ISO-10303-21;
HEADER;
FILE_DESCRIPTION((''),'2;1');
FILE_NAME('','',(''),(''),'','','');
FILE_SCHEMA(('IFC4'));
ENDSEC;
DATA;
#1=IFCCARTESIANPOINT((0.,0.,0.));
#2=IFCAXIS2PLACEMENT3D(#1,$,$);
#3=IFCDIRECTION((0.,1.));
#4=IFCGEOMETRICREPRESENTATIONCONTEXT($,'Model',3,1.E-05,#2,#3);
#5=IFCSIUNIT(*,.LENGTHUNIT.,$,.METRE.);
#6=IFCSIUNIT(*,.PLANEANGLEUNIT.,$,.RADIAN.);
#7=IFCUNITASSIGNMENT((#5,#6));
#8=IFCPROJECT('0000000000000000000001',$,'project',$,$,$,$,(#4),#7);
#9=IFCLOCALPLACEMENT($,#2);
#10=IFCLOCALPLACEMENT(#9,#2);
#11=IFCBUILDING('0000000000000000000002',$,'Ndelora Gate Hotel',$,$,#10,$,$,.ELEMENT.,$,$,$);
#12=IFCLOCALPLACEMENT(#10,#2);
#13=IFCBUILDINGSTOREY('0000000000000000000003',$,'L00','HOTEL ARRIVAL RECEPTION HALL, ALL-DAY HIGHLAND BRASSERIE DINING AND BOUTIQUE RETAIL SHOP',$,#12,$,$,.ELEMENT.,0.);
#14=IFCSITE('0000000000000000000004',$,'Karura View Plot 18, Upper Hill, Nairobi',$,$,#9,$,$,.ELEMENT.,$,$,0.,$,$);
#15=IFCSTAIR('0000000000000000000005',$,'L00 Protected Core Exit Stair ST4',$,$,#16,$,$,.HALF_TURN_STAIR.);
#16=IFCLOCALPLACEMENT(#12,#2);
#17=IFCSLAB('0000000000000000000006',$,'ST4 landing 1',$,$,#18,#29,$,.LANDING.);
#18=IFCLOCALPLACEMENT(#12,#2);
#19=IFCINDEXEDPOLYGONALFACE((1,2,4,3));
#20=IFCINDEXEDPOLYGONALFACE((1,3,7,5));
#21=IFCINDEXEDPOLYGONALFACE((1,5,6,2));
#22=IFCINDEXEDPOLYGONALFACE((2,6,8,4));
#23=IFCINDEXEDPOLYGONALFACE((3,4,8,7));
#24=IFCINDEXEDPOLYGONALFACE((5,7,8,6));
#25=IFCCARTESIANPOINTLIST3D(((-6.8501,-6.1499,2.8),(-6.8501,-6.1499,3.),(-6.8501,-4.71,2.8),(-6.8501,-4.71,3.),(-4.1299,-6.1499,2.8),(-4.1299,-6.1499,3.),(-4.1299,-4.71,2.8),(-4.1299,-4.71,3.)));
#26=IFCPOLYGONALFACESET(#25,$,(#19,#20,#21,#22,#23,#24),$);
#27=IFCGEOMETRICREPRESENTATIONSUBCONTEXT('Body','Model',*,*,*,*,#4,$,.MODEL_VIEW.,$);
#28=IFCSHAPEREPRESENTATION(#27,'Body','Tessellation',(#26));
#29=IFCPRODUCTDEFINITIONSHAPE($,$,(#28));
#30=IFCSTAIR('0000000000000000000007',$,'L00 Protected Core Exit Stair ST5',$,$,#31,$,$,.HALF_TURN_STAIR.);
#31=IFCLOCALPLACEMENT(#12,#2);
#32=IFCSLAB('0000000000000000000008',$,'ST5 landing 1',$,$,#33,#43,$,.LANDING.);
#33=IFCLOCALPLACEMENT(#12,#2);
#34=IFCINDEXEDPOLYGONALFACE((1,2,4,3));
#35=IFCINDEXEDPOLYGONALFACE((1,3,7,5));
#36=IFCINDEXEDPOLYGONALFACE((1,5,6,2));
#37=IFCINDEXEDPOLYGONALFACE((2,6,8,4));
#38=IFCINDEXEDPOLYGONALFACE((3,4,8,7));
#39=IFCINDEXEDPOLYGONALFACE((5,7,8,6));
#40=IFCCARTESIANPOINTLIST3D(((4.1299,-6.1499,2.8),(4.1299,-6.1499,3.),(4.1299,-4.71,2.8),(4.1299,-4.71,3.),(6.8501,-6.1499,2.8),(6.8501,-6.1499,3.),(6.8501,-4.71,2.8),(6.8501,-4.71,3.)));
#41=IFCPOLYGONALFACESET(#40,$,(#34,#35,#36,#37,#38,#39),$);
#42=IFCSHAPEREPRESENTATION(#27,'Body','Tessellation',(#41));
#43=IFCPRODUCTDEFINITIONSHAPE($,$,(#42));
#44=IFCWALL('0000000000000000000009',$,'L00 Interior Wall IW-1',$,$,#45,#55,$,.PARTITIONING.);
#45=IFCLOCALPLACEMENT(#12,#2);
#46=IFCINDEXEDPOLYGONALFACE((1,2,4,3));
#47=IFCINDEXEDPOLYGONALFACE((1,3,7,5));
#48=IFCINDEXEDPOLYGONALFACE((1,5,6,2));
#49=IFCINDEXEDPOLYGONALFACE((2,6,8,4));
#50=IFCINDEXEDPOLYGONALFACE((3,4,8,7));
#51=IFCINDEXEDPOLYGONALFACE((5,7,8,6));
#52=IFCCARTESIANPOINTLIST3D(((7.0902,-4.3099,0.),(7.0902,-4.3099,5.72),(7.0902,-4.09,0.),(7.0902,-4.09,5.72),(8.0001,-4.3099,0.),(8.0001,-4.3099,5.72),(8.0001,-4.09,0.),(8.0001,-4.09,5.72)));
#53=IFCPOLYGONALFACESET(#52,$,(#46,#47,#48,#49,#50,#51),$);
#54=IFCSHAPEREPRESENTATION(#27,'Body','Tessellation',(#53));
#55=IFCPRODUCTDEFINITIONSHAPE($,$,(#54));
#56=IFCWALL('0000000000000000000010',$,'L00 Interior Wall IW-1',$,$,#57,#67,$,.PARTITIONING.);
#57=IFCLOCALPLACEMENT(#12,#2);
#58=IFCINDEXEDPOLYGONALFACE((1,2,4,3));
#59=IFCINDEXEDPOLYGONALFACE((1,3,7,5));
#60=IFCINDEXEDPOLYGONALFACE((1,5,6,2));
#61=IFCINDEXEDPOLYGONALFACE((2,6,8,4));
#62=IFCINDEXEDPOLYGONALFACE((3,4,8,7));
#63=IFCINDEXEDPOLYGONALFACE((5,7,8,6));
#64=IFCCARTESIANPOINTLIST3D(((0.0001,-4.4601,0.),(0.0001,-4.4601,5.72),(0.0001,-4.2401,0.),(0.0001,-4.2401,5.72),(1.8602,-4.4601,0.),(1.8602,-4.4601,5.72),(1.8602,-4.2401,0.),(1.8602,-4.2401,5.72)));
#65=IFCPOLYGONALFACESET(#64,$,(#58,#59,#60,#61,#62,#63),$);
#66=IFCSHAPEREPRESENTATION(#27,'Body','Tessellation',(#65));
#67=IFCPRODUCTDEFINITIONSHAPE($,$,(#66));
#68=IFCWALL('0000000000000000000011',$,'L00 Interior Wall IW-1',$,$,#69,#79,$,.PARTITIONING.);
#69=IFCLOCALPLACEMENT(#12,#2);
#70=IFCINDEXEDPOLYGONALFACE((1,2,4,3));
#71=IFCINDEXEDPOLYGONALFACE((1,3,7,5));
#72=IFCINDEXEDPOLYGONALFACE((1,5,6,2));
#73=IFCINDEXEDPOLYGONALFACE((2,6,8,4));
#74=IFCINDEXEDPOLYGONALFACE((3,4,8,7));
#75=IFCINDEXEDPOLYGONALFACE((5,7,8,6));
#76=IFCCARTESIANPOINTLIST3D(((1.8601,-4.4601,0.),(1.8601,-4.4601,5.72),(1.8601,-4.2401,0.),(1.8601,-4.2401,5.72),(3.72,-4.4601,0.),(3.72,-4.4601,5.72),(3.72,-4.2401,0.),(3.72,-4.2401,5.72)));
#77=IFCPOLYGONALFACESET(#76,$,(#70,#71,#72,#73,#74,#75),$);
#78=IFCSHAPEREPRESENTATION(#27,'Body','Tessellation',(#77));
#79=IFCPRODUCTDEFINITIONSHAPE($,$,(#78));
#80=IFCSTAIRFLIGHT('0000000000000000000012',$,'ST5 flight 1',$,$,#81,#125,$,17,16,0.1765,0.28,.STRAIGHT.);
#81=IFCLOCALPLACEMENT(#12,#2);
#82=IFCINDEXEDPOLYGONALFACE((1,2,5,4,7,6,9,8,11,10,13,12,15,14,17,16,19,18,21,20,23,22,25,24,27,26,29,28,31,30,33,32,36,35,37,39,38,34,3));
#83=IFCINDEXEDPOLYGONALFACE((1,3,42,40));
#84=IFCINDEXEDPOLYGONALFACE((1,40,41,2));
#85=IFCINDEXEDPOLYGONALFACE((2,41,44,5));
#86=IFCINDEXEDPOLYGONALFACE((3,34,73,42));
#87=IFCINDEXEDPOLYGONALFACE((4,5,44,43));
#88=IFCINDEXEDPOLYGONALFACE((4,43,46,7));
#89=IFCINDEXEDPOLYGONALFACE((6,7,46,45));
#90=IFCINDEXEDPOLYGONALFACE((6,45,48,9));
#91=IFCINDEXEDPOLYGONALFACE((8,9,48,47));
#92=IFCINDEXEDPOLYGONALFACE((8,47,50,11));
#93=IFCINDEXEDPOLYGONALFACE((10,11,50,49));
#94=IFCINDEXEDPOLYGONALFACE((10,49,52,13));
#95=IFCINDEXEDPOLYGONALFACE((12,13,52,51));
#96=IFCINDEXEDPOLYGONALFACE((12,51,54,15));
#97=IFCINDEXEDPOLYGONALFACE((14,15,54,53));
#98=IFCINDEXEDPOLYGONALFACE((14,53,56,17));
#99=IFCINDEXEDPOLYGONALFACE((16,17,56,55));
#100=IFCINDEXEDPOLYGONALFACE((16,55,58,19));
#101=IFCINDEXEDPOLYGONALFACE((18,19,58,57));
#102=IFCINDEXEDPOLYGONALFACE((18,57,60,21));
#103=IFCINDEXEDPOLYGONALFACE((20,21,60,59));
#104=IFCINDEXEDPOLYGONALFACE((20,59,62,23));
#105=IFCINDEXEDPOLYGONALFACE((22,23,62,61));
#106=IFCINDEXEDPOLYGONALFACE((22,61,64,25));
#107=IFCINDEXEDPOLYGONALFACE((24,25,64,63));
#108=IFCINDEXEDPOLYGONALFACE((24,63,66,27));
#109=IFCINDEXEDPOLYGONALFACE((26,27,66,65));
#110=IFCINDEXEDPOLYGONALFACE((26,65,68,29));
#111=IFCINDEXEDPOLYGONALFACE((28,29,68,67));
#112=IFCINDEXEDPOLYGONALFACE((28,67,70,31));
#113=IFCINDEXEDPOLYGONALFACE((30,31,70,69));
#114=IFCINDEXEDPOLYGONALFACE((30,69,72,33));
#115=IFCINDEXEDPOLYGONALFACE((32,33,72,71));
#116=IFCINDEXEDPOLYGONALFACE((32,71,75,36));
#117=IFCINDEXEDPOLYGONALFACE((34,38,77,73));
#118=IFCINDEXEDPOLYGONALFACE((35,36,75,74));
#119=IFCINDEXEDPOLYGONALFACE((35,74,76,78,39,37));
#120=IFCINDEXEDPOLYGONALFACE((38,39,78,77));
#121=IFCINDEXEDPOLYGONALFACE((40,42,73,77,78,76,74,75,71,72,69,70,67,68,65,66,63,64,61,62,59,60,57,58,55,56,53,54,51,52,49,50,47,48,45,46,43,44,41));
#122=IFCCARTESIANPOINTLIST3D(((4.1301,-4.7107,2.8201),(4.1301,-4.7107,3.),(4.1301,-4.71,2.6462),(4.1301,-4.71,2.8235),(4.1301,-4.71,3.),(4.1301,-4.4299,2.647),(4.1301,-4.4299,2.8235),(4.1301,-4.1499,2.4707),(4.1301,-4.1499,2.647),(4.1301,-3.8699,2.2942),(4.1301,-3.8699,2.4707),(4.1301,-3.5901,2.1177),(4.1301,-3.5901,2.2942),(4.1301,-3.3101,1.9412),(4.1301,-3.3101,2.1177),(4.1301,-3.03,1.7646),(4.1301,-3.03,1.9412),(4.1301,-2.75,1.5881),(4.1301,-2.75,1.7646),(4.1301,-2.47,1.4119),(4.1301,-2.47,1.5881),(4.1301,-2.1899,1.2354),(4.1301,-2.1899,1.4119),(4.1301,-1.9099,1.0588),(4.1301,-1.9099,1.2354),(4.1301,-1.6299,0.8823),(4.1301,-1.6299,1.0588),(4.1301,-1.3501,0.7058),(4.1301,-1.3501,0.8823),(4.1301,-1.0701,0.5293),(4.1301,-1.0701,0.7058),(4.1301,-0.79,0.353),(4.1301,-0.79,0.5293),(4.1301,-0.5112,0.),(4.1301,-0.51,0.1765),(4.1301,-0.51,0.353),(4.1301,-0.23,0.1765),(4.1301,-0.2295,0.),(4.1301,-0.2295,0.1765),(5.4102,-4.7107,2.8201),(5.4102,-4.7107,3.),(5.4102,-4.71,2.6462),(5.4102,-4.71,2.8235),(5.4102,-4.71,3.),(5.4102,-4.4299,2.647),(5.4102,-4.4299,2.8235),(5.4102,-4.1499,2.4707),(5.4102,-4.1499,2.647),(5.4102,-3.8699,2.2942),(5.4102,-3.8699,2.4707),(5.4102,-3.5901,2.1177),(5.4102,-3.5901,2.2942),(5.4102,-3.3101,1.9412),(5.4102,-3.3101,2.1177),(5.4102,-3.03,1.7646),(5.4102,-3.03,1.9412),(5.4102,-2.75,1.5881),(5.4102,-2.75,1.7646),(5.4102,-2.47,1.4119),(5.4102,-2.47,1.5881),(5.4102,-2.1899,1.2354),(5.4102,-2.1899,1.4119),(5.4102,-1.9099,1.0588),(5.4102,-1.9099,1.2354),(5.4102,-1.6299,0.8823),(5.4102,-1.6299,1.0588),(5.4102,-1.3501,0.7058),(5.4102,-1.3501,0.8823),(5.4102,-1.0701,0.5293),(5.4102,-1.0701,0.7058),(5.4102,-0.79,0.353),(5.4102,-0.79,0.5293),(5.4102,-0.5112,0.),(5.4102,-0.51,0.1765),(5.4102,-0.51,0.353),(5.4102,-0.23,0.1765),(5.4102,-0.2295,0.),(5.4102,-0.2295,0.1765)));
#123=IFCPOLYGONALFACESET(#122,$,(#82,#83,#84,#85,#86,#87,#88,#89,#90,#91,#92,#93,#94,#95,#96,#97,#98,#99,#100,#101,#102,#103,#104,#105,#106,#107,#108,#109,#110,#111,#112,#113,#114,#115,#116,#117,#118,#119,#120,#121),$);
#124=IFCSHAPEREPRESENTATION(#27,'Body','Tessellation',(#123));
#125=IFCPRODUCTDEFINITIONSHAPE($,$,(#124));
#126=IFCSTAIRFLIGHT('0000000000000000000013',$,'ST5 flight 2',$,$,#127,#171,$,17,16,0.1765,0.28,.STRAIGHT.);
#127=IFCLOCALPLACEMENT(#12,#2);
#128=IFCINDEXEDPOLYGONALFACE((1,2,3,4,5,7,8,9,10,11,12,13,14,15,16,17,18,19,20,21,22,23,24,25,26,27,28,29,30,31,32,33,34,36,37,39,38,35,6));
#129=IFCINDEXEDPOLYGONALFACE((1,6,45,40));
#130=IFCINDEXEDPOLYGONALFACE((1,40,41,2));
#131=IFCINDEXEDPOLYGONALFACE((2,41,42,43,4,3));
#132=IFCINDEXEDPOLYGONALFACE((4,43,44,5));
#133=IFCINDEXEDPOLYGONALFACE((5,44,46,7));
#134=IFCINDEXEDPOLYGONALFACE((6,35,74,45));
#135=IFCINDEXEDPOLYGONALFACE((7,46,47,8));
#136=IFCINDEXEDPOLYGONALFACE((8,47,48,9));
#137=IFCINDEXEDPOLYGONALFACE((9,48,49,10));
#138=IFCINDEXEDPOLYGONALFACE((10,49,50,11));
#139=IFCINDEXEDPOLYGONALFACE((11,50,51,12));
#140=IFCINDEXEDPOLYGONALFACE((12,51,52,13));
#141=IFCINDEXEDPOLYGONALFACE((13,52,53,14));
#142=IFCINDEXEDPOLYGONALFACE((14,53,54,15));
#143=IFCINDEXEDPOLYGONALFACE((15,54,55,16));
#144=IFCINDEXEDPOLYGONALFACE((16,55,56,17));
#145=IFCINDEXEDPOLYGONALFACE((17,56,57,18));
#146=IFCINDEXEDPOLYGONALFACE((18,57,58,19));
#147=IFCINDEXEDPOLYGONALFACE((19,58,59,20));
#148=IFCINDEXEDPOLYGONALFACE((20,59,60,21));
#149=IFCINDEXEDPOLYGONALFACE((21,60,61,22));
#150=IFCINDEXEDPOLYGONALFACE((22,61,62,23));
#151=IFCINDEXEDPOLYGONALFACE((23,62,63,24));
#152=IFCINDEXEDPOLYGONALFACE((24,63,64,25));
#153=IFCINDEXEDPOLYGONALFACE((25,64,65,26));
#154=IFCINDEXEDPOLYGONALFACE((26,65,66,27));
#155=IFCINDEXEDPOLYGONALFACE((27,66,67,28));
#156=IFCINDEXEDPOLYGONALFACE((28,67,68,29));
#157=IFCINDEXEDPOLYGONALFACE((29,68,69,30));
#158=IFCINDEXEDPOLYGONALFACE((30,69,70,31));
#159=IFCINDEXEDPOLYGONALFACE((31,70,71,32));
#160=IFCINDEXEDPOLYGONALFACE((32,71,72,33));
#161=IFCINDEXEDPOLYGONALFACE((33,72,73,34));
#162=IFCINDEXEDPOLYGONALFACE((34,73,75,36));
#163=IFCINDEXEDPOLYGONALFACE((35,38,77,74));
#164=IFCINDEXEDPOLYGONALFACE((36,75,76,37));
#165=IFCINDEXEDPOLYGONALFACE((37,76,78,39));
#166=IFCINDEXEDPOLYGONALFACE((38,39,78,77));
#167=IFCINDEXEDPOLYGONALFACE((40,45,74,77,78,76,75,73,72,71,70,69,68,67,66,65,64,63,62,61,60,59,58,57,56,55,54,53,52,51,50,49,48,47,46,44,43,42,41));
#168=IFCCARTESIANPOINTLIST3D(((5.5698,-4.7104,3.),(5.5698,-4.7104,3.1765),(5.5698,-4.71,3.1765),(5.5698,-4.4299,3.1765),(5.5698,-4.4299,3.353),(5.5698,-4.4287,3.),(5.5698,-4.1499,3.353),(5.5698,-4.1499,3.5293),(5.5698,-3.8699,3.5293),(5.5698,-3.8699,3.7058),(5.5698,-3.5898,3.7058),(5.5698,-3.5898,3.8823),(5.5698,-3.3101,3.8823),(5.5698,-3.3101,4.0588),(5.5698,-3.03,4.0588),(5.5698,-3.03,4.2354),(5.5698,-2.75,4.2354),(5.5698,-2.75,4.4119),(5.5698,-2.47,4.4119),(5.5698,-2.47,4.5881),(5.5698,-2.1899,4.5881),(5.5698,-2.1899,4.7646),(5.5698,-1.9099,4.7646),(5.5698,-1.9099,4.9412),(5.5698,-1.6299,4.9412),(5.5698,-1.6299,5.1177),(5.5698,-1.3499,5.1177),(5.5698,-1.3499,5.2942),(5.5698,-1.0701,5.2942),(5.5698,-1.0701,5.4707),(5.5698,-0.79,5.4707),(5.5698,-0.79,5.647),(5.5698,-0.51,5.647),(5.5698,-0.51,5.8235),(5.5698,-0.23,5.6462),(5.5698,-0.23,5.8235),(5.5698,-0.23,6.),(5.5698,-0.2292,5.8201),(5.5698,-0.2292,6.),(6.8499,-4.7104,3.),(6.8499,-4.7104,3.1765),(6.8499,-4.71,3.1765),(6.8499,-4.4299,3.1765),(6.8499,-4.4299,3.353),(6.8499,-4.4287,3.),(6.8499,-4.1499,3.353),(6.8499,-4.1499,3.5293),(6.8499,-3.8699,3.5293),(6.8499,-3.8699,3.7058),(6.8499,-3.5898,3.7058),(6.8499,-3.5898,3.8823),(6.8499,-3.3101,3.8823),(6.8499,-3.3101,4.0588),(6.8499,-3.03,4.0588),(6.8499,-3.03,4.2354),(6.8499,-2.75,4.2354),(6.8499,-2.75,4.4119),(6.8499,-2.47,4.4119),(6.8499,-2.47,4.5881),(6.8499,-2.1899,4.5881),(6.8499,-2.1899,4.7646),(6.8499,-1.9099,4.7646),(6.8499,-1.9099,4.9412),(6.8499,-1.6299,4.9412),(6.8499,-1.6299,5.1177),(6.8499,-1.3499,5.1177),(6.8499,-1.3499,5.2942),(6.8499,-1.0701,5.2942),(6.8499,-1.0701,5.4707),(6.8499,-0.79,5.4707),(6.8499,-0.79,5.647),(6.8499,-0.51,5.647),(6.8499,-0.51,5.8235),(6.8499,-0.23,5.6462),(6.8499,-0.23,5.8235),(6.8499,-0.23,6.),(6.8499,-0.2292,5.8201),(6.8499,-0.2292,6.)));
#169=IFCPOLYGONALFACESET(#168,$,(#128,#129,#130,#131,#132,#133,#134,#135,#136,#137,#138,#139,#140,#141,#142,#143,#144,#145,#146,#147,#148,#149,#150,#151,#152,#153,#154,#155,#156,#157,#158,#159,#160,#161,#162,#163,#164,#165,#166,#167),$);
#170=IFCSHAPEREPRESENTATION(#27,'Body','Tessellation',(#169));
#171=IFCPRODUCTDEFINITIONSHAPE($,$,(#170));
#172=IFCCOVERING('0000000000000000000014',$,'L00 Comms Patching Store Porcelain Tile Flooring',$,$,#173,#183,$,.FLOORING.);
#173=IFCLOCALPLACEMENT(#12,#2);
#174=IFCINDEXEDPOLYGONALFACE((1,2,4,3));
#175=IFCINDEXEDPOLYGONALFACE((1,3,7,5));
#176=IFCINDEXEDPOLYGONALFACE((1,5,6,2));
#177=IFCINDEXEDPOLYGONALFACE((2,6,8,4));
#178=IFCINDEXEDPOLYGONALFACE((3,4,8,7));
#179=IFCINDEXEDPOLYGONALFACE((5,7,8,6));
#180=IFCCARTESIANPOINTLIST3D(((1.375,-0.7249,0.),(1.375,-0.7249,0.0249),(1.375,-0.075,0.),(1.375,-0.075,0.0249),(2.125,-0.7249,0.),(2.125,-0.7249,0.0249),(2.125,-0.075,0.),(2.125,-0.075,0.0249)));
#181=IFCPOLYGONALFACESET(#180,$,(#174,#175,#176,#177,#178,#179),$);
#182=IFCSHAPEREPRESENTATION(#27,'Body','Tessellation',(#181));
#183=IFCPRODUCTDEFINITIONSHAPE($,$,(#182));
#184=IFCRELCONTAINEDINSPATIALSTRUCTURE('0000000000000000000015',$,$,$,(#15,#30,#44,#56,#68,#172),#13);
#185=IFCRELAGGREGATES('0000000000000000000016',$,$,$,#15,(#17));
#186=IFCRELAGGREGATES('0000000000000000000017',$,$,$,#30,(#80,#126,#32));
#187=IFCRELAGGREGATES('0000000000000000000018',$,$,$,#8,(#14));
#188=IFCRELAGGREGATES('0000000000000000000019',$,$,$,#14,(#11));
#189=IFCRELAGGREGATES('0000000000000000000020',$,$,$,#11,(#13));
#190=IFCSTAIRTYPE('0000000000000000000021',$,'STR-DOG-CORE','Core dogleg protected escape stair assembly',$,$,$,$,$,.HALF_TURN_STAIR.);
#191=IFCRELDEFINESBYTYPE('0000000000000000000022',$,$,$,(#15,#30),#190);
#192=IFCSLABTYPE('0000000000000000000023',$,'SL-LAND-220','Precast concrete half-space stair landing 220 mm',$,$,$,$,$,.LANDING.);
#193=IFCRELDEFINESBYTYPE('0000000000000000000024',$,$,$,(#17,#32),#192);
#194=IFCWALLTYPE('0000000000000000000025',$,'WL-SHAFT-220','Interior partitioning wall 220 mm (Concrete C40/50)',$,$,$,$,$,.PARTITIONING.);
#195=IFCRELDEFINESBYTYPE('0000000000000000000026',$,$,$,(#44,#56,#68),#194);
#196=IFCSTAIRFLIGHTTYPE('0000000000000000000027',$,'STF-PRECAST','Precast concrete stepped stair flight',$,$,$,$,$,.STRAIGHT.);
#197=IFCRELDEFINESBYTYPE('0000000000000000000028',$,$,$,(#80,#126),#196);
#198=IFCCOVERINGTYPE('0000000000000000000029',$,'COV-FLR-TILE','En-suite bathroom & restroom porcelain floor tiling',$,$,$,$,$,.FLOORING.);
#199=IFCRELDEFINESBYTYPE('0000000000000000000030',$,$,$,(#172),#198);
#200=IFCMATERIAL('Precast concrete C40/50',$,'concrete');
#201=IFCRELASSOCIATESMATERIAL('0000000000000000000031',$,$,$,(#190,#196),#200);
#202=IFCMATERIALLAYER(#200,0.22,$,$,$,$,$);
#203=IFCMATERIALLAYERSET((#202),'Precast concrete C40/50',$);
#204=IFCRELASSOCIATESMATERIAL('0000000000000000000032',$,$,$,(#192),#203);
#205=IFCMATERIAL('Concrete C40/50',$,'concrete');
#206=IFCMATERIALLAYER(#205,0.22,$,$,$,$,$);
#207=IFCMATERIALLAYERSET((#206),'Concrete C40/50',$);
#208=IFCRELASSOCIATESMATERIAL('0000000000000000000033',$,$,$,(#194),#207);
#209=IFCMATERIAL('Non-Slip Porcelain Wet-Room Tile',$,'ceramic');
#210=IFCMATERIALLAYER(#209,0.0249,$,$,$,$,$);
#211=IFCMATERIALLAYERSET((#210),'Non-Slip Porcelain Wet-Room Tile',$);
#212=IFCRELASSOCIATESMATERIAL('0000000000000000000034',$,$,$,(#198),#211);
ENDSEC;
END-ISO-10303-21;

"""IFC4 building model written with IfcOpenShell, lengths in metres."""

from ifc_helpers import new_model, si_unit, direction, frame, frame_2d, origin, origin_2d, place, context, subcontext, project, spatial, polyline, rectangle, outline, extrude, material, layer, layer_set, type_object, element, aggregate, save


model = new_model("IFC4")

# Units and contexts
model_context = context("Model", 3, precision=1e-05, world=origin(), true_north=direction((0.0, 1.0)))
body_context = subcontext(model_context, "Body", "Model", "MODEL_VIEW")
ifc_project = project(units=[si_unit("LENGTHUNIT", "METRE"), si_unit("PLANEANGLEUNIT", "RADIAN")], contexts=[model_context])

# Site, building, storey
site_placement = place(None, origin())
site = spatial("IfcSite", under=ifc_project, at=site_placement, Name="Karura View Plot 18, Upper Hill, Nairobi", CompositionType="ELEMENT", RefElevation=0.0)
building_placement = place(site_placement, origin())
building = spatial("IfcBuilding", under=site, at=building_placement, Name="Ndelora Gate Hotel", CompositionType="ELEMENT")
storey_placement = place(building_placement, origin())
storey = spatial("IfcBuildingStorey", under=building, at=storey_placement, Name="L00", Description="HOTEL ARRIVAL RECEPTION HALL, ALL-DAY HIGHLAND BRASSERIE DINING AND BOUTIQUE RETAIL SHOP", CompositionType="ELEMENT", Elevation=0.0)

# Stairs, slabs
ifc_material_1 = material(Name="Precast concrete C40/50", Category="concrete")
stair_type = type_object("IfcStairType", Name="STR-DOG-CORE", Description="Core dogleg protected escape stair assembly", PredefinedType="HALF_TURN_STAIR", material=ifc_material_1)
stair_1_placement = place(storey_placement, origin())
stair_1 = element("IfcStair", 1, at=stair_1_placement, inside=storey, type_object=stair_type, Name="L00 Protected Core Exit Stair ST4", PredefinedType="HALF_TURN_STAIR")
ifc_layer_1 = layer(ifc_material_1, 0.22)
ifc_layer_set_1 = layer_set([ifc_layer_1], Name="Precast concrete C40/50")
slab_type = type_object("IfcSlabType", Name="SL-LAND-220", Description="Precast concrete half-space stair landing 220 mm", PredefinedType="LANDING", material=ifc_layer_set_1)
slab_1_placement = place(storey_placement, frame((0.0, 0.0, 2.8)))
slab_1 = element("IfcSlab", 2, at=slab_1_placement, type_object=slab_type, Name="ST4 landing 1", PredefinedType="LANDING", context=body_context, shape_type="SweptSolid", body=[
    extrude(outline(polyline([(-6.8501, -4.71), (-6.8501, -6.1499), (-4.1299, -6.1499), (-4.1299, -4.71), (-6.8501, -4.71)])), origin(), (0.0, 0.0, 1.0), 0.2),
])
aggregate(stair_1, [slab_1])
stair_2_placement = place(storey_placement, origin())
stair_2 = element("IfcStair", 3, at=stair_2_placement, inside=storey, type_object=stair_type, Name="L00 Protected Core Exit Stair ST5", PredefinedType="HALF_TURN_STAIR")
slab_2_placement = place(storey_placement, frame((0.0, 0.0, 2.8)))
slab_2 = element("IfcSlab", 4, at=slab_2_placement, type_object=slab_type, Name="ST5 landing 1", PredefinedType="LANDING", context=body_context, shape_type="SweptSolid", body=[
    extrude(outline(polyline([(4.1299, -4.71), (4.1299, -6.1499), (6.8501, -6.1499), (6.8501, -4.71), (4.1299, -4.71)])), origin(), (0.0, 0.0, 1.0), 0.2),
])

# Walls
ifc_material_2 = material(Name="Concrete C40/50", Category="concrete")
ifc_layer_2 = layer(ifc_material_2, 0.22)
ifc_layer_set_2 = layer_set([ifc_layer_2], Name="Concrete C40/50")
wall_type = type_object("IfcWallType", Name="WL-SHAFT-220", Description="Interior partitioning wall 220 mm (Concrete C40/50)", PredefinedType="PARTITIONING", material=ifc_layer_set_2)
wall_1_placement = place(storey_placement, frame((7.0901, -4.2, 0.0), z_axis=(0.0, 0.0, 1.0), x_axis=(1.0, 0.0, 0.0)))
element("IfcWall", 5, at=wall_1_placement, inside=storey, type_object=wall_type, Name="L00 Interior Wall IW-1", PredefinedType="PARTITIONING", context=body_context, shape_type="SweptSolid", body=[
    extrude(rectangle(XDim=0.9099, YDim=0.22, at=frame_2d((0.4551, 0.0))), origin(), (0.0, 0.0, 1.0), 5.72),
])
wall_2_placement = place(storey_placement, frame((0.0, -4.3501, 0.0), z_axis=(0.0, 0.0, 1.0), x_axis=(1.0, 0.0, 0.0)))
element("IfcWall", 6, at=wall_2_placement, inside=storey, type_object=wall_type, Name="L00 Interior Wall IW-1", PredefinedType="PARTITIONING", context=body_context, shape_type="SweptSolid", body=[
    extrude(rectangle(XDim=1.8601, YDim=0.22, at=frame_2d((0.9302, 0.0))), origin(), (0.0, 0.0, 1.0), 5.72),
])
wall_3_placement = place(storey_placement, frame((1.8601, -4.3501, 0.0), z_axis=(0.0, 0.0, 1.0), x_axis=(1.0, 0.0, 0.0)))
element("IfcWall", 7, at=wall_3_placement, inside=storey, type_object=wall_type, Name="L00 Interior Wall IW-1", PredefinedType="PARTITIONING", context=body_context, shape_type="SweptSolid", body=[
    extrude(rectangle(XDim=1.8599, YDim=0.22, at=frame_2d((0.9299, 0.0))), origin(), (0.0, 0.0, 1.0), 5.72),
])

# Stair flights
stair_flight_type = type_object("IfcStairFlightType", Name="STF-PRECAST", Description="Precast concrete stepped stair flight", PredefinedType="STRAIGHT", material=ifc_material_1)
stair_flight_1_placement = place(storey_placement, frame((4.77, -0.23, 0.0), z_axis=(0.0, 0.0, 1.0), x_axis=(0.0, -1.0, 0.0)))
stair_flight_1 = element("IfcStairFlight", 8, at=stair_flight_1_placement, type_object=stair_flight_type, Name="ST5 flight 1", NumberOfRisers=17, NumberOfTreads=16, PredefinedType="STRAIGHT", RiserHeight=0.1765, TreadLength=0.28, context=body_context, shape_type="SweptSolid", body=[
    extrude(outline(polyline([(-0.0005, 0.0), (-0.0005, 0.1765), (0.0, 0.1765), (0.28, 0.1765), (0.28, 0.353), (0.5601, 0.353), (0.5601, 0.5293), (0.8401, 0.5293), (0.8401, 0.7058), (1.1201, 0.7058), (1.1201, 0.8823), (1.3999, 0.8823), (1.3999, 1.0588), (1.6799, 1.0588), (1.6799, 1.2354), (1.96, 1.2354), (1.96, 1.4119), (2.24, 1.4119), (2.24, 1.5881), (2.52, 1.5881), (2.52, 1.7646), (2.8, 1.7646), (2.8, 1.9412), (3.0801, 1.9412), (3.0801, 2.1177), (3.3601, 2.1177), (3.3601, 2.2942), (3.6399, 2.2942), (3.6399, 2.4707), (3.9199, 2.4707), (3.9199, 2.647), (4.2, 2.647), (4.2, 2.8235), (4.48, 2.8235), (4.48, 3.0), (4.4807, 3.0), (4.4807, 2.8201), (4.48, 2.6462), (0.2812, 0.0), (-0.0005, 0.0)])), frame((0.0, 0.6401, 0.0), z_axis=(0.0, -1.0, 0.0), x_axis=(1.0, 0.0, 0.0)), (0.0, 0.0, 1.0), 1.28),
])
stair_flight_2_placement = place(storey_placement, frame((6.21, -4.71, 3.0), z_axis=(0.0, 0.0, 1.0), x_axis=(0.0, 1.0, 0.0)))
stair_flight_2 = element("IfcStairFlight", 9, at=stair_flight_2_placement, type_object=stair_flight_type, Name="ST5 flight 2", NumberOfRisers=17, NumberOfTreads=16, PredefinedType="STRAIGHT", RiserHeight=0.1765, TreadLength=0.28, context=body_context, shape_type="SweptSolid", body=[
    extrude(outline(polyline([(-0.0005, 0.0), (-0.0005, 0.1765), (0.0, 0.1765), (0.28, 0.1765), (0.28, 0.353), (0.5601, 0.353), (0.5601, 0.5293), (0.8401, 0.5293), (0.8401, 0.7058), (1.1201, 0.7058), (1.1201, 0.8823), (1.3999, 0.8823), (1.3999, 1.0588), (1.6799, 1.0588), (1.6799, 1.2354), (1.96, 1.2354), (1.96, 1.4119), (2.24, 1.4119), (2.24, 1.5881), (2.52, 1.5881), (2.52, 1.7646), (2.8, 1.7646), (2.8, 1.9412), (3.0801, 1.9412), (3.0801, 2.1177), (3.3601, 2.1177), (3.3601, 2.2942), (3.6399, 2.2942), (3.6399, 2.4707), (3.9199, 2.4707), (3.9199, 2.647), (4.2, 2.647), (4.2, 2.8235), (4.48, 2.8235), (4.48, 3.0), (4.4807, 3.0), (4.4807, 2.8201), (4.48, 2.6462), (0.2812, 0.0), (-0.0005, 0.0)])), frame((0.0, 0.6401, 0.0), z_axis=(0.0, -1.0, 0.0), x_axis=(1.0, 0.0, 0.0)), (0.0, 0.0, 1.0), 1.28),
])
aggregate(stair_2, [stair_flight_1, stair_flight_2, slab_2])

# Covering
ifc_material_3 = material(Name="Non-Slip Porcelain Wet-Room Tile", Category="ceramic")
ifc_layer_3 = layer(ifc_material_3, 0.0249)
ifc_layer_set_3 = layer_set([ifc_layer_3], Name="Non-Slip Porcelain Wet-Room Tile")
covering_type = type_object("IfcCoveringType", Name="COV-FLR-TILE", Description="En-suite bathroom & restroom porcelain floor tiling", PredefinedType="FLOORING", material=ifc_layer_set_3)
for number, where, z_axis, x_axis, name in (
    (10, (1.75, -0.3999, 0.0), (0.0, 0.0, 1.0), (1.0, 0.0, 0.0), "L00 Comms Patching Store Porcelain Tile Flooring"),
):
    element("IfcCovering", number, at=place(storey_placement, frame(where, z_axis=z_axis, x_axis=x_axis)), inside=storey, type_object=covering_type, Name=name, PredefinedType="FLOORING", context=body_context, shape_type="SweptSolid", body=[
        extrude(rectangle(XDim=0.75, YDim=0.6499, at=origin_2d()), origin(), (0.0, 0.0, 1.0), 0.0249),
    ])

save(model, "model.ifc")
